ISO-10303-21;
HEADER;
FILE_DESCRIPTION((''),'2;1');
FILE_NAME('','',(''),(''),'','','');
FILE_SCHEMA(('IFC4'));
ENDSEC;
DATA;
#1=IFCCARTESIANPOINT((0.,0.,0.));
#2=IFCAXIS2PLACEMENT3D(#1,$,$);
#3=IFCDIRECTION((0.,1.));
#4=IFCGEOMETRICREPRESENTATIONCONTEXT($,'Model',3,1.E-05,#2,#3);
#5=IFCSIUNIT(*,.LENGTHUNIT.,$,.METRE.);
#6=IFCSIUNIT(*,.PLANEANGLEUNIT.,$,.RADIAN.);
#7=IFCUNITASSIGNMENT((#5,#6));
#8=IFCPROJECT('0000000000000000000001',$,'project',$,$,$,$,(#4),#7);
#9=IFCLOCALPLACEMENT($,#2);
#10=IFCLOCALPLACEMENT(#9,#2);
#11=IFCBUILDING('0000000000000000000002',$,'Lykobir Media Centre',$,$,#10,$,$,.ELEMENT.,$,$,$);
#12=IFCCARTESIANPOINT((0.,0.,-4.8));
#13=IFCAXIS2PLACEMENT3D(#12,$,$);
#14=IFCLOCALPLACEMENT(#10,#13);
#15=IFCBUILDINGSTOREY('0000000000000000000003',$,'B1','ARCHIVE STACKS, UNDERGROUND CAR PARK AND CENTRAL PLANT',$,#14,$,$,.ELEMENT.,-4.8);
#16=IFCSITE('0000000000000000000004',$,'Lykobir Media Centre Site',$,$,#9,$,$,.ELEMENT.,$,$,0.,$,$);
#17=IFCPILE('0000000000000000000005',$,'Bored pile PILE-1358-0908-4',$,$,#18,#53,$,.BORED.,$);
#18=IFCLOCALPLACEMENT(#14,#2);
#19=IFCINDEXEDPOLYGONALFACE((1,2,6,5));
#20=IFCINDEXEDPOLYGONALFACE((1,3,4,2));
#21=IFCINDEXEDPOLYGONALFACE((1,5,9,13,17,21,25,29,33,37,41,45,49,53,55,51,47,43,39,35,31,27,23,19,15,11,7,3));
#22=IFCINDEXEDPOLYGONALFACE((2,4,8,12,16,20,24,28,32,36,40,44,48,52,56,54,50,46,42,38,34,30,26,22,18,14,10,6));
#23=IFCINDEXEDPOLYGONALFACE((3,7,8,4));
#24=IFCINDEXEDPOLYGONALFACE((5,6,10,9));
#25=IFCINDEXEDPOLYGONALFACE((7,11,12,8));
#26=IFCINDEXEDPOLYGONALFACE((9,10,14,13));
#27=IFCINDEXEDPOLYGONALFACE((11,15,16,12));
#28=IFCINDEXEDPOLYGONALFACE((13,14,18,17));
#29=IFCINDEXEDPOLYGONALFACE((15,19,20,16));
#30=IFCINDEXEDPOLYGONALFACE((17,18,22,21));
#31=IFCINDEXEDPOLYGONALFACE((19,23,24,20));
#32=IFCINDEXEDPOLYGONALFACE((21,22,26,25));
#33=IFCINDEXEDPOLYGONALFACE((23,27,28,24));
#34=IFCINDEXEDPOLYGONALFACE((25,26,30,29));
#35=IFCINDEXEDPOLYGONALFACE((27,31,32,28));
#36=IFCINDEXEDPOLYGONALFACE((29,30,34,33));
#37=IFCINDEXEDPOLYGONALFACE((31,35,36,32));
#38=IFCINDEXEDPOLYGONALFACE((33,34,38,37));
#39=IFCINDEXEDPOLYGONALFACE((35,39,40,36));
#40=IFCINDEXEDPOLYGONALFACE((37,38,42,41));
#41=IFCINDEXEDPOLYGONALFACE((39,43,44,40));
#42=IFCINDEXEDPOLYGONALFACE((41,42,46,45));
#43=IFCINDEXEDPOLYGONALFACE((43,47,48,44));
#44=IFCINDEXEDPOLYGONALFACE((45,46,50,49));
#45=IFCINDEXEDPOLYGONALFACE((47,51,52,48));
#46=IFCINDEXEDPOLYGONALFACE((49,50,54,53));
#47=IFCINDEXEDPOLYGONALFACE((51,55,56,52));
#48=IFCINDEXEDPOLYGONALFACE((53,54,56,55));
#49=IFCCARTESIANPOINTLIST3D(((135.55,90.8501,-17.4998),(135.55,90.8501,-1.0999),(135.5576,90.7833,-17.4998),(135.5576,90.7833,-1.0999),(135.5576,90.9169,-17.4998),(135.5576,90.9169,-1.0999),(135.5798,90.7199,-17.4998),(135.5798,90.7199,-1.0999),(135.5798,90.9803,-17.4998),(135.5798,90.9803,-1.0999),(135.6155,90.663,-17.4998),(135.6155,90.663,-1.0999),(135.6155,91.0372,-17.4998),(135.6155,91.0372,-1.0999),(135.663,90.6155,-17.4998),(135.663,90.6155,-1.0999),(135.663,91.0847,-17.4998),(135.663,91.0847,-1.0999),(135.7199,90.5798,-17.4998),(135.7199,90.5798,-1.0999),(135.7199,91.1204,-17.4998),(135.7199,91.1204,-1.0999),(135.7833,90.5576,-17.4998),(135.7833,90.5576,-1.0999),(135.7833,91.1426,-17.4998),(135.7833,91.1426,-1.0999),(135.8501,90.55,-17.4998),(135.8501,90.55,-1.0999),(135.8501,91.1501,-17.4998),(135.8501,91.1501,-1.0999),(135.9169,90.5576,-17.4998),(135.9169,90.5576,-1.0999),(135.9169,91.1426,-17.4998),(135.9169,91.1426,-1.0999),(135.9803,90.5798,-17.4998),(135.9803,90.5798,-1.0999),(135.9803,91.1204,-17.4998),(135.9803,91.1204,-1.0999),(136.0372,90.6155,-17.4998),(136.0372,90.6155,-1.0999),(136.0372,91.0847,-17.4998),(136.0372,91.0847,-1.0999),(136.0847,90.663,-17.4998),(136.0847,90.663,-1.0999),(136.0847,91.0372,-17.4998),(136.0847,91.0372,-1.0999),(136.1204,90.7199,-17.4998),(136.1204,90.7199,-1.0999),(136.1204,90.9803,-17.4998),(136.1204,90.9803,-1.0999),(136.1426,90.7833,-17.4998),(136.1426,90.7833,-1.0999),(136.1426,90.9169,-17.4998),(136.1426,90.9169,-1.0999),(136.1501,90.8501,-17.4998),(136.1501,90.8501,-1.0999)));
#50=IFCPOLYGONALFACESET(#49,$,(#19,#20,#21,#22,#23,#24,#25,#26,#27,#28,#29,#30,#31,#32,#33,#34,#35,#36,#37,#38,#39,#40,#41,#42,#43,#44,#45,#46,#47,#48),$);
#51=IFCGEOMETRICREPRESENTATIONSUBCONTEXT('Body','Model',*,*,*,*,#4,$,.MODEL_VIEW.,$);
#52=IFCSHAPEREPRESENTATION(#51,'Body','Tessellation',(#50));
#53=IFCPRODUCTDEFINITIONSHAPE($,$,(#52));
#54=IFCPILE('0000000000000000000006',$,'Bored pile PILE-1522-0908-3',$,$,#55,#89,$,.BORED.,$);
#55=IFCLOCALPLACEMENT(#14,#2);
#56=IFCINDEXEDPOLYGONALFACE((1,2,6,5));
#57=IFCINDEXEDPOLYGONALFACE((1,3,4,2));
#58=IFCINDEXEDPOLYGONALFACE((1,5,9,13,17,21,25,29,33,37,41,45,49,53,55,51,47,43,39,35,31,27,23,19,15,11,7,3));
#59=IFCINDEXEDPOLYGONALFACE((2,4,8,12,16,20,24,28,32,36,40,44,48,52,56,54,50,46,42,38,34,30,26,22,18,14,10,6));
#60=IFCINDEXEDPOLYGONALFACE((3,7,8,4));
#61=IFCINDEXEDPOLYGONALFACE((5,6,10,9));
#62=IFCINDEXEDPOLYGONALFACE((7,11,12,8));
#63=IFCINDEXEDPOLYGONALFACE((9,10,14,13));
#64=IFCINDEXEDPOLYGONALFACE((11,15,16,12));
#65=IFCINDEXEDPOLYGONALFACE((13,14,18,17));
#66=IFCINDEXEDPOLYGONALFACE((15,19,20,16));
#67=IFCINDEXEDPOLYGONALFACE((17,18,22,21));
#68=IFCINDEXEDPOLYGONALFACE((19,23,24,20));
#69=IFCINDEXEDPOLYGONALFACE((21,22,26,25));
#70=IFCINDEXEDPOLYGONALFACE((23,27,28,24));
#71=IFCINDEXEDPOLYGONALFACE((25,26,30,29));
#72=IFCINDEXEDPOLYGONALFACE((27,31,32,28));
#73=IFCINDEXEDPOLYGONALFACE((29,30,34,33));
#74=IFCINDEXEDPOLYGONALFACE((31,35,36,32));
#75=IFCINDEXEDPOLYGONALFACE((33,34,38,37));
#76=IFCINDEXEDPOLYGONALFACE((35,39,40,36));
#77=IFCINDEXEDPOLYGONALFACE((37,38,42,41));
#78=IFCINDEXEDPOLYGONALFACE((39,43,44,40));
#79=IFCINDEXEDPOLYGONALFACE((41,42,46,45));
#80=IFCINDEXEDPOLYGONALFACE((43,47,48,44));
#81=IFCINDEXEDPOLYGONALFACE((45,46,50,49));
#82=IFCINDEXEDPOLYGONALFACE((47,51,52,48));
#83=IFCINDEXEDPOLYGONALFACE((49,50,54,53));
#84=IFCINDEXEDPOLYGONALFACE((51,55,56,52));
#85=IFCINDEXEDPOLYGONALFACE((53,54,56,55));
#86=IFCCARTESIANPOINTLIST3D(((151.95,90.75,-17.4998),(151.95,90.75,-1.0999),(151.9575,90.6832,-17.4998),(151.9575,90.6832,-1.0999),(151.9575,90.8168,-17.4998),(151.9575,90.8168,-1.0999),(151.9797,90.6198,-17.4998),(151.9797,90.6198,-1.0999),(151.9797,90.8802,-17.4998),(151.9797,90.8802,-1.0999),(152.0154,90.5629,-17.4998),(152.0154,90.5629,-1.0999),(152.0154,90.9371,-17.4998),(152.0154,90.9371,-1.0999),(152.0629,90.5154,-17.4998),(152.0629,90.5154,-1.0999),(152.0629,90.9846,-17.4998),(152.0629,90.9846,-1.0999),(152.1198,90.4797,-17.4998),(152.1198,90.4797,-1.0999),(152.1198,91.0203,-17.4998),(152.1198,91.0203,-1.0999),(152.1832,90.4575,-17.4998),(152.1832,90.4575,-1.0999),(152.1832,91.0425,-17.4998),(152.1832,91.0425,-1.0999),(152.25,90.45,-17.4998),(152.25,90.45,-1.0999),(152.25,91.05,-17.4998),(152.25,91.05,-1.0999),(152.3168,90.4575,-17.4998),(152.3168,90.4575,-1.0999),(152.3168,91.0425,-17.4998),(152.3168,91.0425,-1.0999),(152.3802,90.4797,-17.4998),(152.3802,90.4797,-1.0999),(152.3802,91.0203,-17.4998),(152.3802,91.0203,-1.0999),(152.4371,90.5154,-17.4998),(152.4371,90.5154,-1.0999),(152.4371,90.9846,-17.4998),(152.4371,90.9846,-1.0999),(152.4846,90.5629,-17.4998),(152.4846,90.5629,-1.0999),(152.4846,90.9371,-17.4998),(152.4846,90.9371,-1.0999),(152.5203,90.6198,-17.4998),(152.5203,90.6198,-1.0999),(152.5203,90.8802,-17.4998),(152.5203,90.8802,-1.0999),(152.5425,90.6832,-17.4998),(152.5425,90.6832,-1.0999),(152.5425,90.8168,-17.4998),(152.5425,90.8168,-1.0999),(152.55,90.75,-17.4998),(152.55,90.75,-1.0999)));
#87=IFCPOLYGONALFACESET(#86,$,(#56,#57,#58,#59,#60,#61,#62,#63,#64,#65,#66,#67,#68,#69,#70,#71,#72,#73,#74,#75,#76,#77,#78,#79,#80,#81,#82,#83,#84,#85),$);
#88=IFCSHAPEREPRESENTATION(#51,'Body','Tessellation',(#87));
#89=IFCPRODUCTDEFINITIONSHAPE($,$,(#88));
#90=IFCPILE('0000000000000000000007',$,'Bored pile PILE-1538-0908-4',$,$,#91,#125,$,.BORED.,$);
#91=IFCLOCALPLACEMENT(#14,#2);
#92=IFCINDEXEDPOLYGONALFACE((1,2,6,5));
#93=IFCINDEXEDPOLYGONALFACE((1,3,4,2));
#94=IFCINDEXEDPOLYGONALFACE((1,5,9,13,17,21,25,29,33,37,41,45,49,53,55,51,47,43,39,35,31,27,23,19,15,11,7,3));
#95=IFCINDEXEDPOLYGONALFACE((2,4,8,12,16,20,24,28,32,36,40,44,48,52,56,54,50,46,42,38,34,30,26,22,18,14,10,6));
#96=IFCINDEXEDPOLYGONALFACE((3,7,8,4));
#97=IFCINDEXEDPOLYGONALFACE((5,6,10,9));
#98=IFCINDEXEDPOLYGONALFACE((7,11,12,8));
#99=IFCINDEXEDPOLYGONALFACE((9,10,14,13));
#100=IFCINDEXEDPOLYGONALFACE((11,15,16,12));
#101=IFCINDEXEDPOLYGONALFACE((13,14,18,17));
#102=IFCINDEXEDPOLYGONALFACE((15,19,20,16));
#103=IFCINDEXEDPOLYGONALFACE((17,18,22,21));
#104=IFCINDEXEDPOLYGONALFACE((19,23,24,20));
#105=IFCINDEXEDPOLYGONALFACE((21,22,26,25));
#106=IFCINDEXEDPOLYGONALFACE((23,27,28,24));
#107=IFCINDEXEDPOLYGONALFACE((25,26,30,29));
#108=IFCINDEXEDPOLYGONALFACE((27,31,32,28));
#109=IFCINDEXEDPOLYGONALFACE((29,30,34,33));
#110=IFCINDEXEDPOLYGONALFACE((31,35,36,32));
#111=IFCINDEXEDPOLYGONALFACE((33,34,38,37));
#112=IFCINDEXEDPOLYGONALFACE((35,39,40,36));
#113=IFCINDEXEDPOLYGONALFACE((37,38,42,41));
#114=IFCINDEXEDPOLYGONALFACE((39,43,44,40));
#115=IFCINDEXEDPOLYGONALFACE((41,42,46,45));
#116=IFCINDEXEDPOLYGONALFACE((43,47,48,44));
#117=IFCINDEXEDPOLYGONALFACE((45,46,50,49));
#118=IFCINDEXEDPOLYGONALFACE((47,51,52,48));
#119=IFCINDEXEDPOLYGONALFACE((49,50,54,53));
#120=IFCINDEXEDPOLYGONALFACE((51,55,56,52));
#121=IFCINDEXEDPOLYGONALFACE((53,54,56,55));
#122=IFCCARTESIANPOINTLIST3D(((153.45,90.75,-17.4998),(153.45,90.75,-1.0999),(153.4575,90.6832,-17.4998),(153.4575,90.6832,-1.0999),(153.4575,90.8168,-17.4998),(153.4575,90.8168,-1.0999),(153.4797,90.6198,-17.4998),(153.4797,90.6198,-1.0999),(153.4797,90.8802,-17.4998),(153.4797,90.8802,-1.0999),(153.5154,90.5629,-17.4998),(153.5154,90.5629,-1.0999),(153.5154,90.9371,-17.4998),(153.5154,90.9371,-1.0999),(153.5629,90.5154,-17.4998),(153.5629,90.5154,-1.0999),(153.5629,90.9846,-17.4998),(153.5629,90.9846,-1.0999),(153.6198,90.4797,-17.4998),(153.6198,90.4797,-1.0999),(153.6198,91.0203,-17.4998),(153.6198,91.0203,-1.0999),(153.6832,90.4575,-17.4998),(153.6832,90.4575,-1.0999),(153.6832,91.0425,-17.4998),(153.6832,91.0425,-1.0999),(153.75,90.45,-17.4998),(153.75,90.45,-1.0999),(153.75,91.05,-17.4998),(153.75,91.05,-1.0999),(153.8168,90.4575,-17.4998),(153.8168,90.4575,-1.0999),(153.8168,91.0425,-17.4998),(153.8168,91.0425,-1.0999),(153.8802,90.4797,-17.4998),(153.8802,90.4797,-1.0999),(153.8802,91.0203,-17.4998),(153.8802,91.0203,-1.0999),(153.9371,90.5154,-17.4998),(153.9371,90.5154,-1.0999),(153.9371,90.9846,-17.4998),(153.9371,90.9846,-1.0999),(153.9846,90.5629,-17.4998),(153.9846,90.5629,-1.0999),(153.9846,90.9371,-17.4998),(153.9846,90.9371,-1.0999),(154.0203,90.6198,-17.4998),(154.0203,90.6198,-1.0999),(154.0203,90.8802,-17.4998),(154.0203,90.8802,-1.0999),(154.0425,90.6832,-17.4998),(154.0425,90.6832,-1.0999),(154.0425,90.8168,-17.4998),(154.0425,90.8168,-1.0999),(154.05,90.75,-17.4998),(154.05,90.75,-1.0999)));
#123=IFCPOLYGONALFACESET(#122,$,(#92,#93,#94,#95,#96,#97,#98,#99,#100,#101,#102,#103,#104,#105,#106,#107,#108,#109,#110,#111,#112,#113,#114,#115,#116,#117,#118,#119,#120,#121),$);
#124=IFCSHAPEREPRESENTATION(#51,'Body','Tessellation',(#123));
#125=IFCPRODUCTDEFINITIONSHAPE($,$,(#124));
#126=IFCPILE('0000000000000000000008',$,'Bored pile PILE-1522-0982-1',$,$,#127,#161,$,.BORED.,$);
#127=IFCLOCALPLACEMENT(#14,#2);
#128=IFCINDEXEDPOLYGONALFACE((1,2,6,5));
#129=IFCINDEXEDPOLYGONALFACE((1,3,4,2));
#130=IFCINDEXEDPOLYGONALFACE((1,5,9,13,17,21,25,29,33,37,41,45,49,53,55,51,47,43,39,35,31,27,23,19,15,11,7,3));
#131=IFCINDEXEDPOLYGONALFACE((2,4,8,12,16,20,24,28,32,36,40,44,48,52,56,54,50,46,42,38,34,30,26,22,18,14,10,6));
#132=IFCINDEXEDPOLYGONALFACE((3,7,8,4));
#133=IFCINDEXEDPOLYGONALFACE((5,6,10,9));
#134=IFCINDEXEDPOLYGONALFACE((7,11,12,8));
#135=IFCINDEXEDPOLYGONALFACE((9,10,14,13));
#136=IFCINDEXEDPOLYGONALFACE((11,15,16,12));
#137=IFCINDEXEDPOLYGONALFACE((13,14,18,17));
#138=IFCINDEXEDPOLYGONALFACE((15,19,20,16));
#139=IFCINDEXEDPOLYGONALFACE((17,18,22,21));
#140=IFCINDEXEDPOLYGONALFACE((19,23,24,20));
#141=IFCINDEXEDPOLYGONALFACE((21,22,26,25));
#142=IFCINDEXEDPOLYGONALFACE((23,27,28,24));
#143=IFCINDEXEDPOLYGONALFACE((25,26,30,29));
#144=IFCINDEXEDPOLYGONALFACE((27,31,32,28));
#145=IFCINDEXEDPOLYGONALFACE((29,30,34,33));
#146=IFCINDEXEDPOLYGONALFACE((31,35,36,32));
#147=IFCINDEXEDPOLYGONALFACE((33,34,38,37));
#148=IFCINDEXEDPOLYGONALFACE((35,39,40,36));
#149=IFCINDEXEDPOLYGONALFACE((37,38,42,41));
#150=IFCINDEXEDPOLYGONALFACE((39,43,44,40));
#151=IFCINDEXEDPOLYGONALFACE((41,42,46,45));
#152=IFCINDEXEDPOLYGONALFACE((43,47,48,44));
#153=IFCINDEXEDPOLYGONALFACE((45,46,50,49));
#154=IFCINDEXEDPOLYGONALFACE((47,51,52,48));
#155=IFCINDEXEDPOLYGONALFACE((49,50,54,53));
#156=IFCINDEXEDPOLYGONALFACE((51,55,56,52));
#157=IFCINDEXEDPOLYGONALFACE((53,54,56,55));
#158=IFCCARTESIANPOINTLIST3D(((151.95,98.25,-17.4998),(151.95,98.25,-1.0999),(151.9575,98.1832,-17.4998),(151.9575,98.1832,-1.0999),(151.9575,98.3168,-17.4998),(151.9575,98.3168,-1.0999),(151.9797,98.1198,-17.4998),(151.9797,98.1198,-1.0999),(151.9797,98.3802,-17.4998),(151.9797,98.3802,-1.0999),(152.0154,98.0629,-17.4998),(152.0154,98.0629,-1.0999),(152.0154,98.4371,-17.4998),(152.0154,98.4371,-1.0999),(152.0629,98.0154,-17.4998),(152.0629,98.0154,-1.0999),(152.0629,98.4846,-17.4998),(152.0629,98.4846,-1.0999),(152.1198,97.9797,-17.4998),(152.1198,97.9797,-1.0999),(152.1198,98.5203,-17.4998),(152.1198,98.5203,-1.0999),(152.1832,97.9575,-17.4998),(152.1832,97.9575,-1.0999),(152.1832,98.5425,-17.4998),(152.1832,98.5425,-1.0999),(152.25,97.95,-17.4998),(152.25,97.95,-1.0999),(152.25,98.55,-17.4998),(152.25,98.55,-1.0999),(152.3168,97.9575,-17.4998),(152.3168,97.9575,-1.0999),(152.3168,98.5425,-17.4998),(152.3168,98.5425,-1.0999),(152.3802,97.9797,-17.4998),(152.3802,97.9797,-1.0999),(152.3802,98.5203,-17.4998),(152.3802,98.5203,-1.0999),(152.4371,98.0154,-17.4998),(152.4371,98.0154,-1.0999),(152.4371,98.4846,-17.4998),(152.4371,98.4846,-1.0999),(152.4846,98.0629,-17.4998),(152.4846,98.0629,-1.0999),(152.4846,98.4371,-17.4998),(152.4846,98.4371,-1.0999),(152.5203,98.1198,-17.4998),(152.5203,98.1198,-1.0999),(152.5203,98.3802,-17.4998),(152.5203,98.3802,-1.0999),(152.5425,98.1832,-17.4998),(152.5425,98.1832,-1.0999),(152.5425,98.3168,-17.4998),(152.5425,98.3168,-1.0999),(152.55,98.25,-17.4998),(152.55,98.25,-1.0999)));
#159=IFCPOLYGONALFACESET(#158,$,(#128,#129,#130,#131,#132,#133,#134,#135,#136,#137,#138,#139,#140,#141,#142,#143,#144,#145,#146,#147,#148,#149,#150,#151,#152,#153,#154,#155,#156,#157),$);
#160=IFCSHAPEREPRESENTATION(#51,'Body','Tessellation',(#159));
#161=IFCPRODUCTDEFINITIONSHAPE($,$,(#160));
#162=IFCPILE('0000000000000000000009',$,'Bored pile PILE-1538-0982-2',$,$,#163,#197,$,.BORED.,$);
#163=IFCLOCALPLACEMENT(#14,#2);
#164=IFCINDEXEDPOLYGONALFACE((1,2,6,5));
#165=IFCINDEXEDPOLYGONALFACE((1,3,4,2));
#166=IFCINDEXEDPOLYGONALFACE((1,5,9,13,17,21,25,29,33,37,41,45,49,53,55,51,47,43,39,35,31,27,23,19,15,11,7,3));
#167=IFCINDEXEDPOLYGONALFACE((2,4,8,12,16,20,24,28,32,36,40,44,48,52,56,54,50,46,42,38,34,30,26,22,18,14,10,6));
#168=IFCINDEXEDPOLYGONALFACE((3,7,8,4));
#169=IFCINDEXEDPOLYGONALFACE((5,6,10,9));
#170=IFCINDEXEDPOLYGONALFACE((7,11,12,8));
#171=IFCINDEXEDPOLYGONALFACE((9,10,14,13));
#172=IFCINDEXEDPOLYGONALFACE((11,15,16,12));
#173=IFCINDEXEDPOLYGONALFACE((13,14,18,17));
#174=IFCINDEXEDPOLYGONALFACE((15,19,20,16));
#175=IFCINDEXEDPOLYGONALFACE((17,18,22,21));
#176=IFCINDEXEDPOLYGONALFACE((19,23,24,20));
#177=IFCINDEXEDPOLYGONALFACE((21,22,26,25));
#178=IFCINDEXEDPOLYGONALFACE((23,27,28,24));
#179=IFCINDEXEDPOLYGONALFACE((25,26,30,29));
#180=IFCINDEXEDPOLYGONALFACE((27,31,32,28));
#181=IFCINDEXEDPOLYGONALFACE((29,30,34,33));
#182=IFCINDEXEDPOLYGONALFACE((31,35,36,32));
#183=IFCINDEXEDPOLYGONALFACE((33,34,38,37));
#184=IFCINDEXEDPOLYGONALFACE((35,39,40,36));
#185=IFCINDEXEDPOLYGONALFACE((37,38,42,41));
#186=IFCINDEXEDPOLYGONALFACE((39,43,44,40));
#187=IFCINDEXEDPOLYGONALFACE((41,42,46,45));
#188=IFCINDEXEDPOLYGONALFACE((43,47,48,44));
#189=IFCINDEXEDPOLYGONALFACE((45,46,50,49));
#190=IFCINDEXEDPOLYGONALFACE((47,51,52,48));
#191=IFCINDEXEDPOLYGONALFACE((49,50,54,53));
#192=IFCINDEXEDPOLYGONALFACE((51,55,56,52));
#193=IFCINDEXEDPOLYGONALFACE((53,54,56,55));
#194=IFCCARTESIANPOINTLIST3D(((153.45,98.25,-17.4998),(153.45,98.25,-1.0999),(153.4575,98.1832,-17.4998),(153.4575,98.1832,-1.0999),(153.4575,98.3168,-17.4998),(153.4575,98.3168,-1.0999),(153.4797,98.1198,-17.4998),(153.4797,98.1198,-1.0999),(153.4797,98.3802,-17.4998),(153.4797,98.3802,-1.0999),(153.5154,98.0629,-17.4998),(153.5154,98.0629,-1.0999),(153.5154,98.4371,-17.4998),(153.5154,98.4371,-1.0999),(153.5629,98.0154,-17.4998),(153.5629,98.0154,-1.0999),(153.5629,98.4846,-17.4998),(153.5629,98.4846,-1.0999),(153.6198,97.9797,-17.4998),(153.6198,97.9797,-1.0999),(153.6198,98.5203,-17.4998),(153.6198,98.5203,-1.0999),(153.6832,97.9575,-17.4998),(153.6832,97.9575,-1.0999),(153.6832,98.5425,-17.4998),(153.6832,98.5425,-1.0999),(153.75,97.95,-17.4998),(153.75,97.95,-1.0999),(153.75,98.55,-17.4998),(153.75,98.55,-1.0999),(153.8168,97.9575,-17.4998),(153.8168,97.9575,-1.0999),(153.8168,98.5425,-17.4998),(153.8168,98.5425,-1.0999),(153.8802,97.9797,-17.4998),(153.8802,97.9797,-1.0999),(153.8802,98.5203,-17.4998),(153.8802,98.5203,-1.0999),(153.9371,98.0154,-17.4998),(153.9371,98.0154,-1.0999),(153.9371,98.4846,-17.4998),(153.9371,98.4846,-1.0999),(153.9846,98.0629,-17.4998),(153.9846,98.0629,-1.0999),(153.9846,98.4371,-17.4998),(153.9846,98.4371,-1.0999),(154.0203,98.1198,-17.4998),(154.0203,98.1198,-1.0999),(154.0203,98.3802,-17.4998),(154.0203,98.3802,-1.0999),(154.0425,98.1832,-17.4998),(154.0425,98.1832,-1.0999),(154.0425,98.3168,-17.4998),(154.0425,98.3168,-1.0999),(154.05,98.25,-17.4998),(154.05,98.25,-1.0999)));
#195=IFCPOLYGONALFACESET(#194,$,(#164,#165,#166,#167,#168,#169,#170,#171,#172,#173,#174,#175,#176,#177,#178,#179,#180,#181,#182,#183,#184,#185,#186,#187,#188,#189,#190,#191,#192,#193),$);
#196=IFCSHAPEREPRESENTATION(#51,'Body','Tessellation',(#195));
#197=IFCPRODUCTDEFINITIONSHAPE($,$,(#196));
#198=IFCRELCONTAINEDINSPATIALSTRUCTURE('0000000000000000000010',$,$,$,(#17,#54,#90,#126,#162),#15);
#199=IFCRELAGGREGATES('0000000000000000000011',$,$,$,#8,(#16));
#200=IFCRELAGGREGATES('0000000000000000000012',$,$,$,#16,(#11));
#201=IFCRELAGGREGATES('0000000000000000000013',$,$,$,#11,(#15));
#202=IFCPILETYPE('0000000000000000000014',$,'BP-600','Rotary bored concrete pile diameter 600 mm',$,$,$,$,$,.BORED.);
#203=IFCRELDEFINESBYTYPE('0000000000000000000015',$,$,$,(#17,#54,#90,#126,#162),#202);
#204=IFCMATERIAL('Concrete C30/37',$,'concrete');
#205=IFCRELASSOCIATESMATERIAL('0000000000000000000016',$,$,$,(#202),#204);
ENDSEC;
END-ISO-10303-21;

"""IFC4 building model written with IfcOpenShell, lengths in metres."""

from ifc_helpers import new_model, si_unit, direction, frame, origin, origin_2d, place, context, subcontext, project, spatial, circle, extrude, material, material_profile, profile_set, type_object, element, save


model = new_model("IFC4")

# Units and contexts
model_context = context("Model", 3, precision=1e-05, world=origin(), true_north=direction((0.0, 1.0)))
body_context = subcontext(model_context, "Body", "Model", "MODEL_VIEW")
ifc_project = project(units=[si_unit("LENGTHUNIT", "METRE"), si_unit("PLANEANGLEUNIT", "RADIAN")], contexts=[model_context])

# Site, building, storey
site_placement = place(None, origin())
site = spatial("IfcSite", under=ifc_project, at=site_placement, Name="Lykobir Media Centre Site", CompositionType="ELEMENT", RefElevation=0.0)
building_placement = place(site_placement, origin())
building = spatial("IfcBuilding", under=site, at=building_placement, Name="Lykobir Media Centre", CompositionType="ELEMENT")
storey_placement = place(building_placement, frame((0.0, 0.0, -4.8)))
storey = spatial("IfcBuildingStorey", under=building, at=storey_placement, Name="B1", Description="ARCHIVE STACKS, UNDERGROUND CAR PARK AND CENTRAL PLANT", CompositionType="ELEMENT", Elevation=-4.8)

# Piles
ifc_material_1 = material(Name="Concrete C30/37", Category="concrete")
ifc_material_profile_1 = material_profile(ifc_material_1, circle(Radius=0.3, at=origin_2d()), Name="BORED PILE D600")
ifc_profile_set_1 = profile_set([ifc_material_profile_1], Name="Concrete C30/37")
pile_type_1 = type_object("IfcPileType", Name="BP-600", Description="Rotary bored concrete pile diameter 600 mm", PredefinedType="BORED", material=ifc_profile_set_1)
for number, where, z_axis, x_axis, name in (
    (1, (135.8501, 90.8501, -1.0999), (0.0, 0.0, -1.0), (1.0, 0.0, 0.0), "Bored pile PILE-1358-0908-4"),
    (2, (152.25, 90.75, -1.0999), (0.0, 0.0, -1.0), (1.0, 0.0, 0.0), "Bored pile PILE-1522-0908-3"),
    (3, (153.75, 90.75, -1.0999), (0.0, 0.0, -1.0), (1.0, 0.0, 0.0), "Bored pile PILE-1538-0908-4"),
    (4, (152.25, 98.25, -1.0999), (0.0, 0.0, -1.0), (1.0, 0.0, 0.0), "Bored pile PILE-1522-0982-1"),
    (5, (153.75, 98.25, -1.0999), (0.0, 0.0, -1.0), (1.0, 0.0, 0.0), "Bored pile PILE-1538-0982-2"),
):
    element("IfcPile", number, at=place(storey_placement, frame(where, z_axis=z_axis, x_axis=x_axis)), inside=storey, type_object=pile_type_1, Name=name, PredefinedType="BORED", context=body_context, shape_type="SweptSolid", body=[
        extrude(circle(Radius=0.3, at=origin_2d()), origin(), (0.0, 0.0, 1.0), 16.3999),
    ])

save(model, "model.ifc")
